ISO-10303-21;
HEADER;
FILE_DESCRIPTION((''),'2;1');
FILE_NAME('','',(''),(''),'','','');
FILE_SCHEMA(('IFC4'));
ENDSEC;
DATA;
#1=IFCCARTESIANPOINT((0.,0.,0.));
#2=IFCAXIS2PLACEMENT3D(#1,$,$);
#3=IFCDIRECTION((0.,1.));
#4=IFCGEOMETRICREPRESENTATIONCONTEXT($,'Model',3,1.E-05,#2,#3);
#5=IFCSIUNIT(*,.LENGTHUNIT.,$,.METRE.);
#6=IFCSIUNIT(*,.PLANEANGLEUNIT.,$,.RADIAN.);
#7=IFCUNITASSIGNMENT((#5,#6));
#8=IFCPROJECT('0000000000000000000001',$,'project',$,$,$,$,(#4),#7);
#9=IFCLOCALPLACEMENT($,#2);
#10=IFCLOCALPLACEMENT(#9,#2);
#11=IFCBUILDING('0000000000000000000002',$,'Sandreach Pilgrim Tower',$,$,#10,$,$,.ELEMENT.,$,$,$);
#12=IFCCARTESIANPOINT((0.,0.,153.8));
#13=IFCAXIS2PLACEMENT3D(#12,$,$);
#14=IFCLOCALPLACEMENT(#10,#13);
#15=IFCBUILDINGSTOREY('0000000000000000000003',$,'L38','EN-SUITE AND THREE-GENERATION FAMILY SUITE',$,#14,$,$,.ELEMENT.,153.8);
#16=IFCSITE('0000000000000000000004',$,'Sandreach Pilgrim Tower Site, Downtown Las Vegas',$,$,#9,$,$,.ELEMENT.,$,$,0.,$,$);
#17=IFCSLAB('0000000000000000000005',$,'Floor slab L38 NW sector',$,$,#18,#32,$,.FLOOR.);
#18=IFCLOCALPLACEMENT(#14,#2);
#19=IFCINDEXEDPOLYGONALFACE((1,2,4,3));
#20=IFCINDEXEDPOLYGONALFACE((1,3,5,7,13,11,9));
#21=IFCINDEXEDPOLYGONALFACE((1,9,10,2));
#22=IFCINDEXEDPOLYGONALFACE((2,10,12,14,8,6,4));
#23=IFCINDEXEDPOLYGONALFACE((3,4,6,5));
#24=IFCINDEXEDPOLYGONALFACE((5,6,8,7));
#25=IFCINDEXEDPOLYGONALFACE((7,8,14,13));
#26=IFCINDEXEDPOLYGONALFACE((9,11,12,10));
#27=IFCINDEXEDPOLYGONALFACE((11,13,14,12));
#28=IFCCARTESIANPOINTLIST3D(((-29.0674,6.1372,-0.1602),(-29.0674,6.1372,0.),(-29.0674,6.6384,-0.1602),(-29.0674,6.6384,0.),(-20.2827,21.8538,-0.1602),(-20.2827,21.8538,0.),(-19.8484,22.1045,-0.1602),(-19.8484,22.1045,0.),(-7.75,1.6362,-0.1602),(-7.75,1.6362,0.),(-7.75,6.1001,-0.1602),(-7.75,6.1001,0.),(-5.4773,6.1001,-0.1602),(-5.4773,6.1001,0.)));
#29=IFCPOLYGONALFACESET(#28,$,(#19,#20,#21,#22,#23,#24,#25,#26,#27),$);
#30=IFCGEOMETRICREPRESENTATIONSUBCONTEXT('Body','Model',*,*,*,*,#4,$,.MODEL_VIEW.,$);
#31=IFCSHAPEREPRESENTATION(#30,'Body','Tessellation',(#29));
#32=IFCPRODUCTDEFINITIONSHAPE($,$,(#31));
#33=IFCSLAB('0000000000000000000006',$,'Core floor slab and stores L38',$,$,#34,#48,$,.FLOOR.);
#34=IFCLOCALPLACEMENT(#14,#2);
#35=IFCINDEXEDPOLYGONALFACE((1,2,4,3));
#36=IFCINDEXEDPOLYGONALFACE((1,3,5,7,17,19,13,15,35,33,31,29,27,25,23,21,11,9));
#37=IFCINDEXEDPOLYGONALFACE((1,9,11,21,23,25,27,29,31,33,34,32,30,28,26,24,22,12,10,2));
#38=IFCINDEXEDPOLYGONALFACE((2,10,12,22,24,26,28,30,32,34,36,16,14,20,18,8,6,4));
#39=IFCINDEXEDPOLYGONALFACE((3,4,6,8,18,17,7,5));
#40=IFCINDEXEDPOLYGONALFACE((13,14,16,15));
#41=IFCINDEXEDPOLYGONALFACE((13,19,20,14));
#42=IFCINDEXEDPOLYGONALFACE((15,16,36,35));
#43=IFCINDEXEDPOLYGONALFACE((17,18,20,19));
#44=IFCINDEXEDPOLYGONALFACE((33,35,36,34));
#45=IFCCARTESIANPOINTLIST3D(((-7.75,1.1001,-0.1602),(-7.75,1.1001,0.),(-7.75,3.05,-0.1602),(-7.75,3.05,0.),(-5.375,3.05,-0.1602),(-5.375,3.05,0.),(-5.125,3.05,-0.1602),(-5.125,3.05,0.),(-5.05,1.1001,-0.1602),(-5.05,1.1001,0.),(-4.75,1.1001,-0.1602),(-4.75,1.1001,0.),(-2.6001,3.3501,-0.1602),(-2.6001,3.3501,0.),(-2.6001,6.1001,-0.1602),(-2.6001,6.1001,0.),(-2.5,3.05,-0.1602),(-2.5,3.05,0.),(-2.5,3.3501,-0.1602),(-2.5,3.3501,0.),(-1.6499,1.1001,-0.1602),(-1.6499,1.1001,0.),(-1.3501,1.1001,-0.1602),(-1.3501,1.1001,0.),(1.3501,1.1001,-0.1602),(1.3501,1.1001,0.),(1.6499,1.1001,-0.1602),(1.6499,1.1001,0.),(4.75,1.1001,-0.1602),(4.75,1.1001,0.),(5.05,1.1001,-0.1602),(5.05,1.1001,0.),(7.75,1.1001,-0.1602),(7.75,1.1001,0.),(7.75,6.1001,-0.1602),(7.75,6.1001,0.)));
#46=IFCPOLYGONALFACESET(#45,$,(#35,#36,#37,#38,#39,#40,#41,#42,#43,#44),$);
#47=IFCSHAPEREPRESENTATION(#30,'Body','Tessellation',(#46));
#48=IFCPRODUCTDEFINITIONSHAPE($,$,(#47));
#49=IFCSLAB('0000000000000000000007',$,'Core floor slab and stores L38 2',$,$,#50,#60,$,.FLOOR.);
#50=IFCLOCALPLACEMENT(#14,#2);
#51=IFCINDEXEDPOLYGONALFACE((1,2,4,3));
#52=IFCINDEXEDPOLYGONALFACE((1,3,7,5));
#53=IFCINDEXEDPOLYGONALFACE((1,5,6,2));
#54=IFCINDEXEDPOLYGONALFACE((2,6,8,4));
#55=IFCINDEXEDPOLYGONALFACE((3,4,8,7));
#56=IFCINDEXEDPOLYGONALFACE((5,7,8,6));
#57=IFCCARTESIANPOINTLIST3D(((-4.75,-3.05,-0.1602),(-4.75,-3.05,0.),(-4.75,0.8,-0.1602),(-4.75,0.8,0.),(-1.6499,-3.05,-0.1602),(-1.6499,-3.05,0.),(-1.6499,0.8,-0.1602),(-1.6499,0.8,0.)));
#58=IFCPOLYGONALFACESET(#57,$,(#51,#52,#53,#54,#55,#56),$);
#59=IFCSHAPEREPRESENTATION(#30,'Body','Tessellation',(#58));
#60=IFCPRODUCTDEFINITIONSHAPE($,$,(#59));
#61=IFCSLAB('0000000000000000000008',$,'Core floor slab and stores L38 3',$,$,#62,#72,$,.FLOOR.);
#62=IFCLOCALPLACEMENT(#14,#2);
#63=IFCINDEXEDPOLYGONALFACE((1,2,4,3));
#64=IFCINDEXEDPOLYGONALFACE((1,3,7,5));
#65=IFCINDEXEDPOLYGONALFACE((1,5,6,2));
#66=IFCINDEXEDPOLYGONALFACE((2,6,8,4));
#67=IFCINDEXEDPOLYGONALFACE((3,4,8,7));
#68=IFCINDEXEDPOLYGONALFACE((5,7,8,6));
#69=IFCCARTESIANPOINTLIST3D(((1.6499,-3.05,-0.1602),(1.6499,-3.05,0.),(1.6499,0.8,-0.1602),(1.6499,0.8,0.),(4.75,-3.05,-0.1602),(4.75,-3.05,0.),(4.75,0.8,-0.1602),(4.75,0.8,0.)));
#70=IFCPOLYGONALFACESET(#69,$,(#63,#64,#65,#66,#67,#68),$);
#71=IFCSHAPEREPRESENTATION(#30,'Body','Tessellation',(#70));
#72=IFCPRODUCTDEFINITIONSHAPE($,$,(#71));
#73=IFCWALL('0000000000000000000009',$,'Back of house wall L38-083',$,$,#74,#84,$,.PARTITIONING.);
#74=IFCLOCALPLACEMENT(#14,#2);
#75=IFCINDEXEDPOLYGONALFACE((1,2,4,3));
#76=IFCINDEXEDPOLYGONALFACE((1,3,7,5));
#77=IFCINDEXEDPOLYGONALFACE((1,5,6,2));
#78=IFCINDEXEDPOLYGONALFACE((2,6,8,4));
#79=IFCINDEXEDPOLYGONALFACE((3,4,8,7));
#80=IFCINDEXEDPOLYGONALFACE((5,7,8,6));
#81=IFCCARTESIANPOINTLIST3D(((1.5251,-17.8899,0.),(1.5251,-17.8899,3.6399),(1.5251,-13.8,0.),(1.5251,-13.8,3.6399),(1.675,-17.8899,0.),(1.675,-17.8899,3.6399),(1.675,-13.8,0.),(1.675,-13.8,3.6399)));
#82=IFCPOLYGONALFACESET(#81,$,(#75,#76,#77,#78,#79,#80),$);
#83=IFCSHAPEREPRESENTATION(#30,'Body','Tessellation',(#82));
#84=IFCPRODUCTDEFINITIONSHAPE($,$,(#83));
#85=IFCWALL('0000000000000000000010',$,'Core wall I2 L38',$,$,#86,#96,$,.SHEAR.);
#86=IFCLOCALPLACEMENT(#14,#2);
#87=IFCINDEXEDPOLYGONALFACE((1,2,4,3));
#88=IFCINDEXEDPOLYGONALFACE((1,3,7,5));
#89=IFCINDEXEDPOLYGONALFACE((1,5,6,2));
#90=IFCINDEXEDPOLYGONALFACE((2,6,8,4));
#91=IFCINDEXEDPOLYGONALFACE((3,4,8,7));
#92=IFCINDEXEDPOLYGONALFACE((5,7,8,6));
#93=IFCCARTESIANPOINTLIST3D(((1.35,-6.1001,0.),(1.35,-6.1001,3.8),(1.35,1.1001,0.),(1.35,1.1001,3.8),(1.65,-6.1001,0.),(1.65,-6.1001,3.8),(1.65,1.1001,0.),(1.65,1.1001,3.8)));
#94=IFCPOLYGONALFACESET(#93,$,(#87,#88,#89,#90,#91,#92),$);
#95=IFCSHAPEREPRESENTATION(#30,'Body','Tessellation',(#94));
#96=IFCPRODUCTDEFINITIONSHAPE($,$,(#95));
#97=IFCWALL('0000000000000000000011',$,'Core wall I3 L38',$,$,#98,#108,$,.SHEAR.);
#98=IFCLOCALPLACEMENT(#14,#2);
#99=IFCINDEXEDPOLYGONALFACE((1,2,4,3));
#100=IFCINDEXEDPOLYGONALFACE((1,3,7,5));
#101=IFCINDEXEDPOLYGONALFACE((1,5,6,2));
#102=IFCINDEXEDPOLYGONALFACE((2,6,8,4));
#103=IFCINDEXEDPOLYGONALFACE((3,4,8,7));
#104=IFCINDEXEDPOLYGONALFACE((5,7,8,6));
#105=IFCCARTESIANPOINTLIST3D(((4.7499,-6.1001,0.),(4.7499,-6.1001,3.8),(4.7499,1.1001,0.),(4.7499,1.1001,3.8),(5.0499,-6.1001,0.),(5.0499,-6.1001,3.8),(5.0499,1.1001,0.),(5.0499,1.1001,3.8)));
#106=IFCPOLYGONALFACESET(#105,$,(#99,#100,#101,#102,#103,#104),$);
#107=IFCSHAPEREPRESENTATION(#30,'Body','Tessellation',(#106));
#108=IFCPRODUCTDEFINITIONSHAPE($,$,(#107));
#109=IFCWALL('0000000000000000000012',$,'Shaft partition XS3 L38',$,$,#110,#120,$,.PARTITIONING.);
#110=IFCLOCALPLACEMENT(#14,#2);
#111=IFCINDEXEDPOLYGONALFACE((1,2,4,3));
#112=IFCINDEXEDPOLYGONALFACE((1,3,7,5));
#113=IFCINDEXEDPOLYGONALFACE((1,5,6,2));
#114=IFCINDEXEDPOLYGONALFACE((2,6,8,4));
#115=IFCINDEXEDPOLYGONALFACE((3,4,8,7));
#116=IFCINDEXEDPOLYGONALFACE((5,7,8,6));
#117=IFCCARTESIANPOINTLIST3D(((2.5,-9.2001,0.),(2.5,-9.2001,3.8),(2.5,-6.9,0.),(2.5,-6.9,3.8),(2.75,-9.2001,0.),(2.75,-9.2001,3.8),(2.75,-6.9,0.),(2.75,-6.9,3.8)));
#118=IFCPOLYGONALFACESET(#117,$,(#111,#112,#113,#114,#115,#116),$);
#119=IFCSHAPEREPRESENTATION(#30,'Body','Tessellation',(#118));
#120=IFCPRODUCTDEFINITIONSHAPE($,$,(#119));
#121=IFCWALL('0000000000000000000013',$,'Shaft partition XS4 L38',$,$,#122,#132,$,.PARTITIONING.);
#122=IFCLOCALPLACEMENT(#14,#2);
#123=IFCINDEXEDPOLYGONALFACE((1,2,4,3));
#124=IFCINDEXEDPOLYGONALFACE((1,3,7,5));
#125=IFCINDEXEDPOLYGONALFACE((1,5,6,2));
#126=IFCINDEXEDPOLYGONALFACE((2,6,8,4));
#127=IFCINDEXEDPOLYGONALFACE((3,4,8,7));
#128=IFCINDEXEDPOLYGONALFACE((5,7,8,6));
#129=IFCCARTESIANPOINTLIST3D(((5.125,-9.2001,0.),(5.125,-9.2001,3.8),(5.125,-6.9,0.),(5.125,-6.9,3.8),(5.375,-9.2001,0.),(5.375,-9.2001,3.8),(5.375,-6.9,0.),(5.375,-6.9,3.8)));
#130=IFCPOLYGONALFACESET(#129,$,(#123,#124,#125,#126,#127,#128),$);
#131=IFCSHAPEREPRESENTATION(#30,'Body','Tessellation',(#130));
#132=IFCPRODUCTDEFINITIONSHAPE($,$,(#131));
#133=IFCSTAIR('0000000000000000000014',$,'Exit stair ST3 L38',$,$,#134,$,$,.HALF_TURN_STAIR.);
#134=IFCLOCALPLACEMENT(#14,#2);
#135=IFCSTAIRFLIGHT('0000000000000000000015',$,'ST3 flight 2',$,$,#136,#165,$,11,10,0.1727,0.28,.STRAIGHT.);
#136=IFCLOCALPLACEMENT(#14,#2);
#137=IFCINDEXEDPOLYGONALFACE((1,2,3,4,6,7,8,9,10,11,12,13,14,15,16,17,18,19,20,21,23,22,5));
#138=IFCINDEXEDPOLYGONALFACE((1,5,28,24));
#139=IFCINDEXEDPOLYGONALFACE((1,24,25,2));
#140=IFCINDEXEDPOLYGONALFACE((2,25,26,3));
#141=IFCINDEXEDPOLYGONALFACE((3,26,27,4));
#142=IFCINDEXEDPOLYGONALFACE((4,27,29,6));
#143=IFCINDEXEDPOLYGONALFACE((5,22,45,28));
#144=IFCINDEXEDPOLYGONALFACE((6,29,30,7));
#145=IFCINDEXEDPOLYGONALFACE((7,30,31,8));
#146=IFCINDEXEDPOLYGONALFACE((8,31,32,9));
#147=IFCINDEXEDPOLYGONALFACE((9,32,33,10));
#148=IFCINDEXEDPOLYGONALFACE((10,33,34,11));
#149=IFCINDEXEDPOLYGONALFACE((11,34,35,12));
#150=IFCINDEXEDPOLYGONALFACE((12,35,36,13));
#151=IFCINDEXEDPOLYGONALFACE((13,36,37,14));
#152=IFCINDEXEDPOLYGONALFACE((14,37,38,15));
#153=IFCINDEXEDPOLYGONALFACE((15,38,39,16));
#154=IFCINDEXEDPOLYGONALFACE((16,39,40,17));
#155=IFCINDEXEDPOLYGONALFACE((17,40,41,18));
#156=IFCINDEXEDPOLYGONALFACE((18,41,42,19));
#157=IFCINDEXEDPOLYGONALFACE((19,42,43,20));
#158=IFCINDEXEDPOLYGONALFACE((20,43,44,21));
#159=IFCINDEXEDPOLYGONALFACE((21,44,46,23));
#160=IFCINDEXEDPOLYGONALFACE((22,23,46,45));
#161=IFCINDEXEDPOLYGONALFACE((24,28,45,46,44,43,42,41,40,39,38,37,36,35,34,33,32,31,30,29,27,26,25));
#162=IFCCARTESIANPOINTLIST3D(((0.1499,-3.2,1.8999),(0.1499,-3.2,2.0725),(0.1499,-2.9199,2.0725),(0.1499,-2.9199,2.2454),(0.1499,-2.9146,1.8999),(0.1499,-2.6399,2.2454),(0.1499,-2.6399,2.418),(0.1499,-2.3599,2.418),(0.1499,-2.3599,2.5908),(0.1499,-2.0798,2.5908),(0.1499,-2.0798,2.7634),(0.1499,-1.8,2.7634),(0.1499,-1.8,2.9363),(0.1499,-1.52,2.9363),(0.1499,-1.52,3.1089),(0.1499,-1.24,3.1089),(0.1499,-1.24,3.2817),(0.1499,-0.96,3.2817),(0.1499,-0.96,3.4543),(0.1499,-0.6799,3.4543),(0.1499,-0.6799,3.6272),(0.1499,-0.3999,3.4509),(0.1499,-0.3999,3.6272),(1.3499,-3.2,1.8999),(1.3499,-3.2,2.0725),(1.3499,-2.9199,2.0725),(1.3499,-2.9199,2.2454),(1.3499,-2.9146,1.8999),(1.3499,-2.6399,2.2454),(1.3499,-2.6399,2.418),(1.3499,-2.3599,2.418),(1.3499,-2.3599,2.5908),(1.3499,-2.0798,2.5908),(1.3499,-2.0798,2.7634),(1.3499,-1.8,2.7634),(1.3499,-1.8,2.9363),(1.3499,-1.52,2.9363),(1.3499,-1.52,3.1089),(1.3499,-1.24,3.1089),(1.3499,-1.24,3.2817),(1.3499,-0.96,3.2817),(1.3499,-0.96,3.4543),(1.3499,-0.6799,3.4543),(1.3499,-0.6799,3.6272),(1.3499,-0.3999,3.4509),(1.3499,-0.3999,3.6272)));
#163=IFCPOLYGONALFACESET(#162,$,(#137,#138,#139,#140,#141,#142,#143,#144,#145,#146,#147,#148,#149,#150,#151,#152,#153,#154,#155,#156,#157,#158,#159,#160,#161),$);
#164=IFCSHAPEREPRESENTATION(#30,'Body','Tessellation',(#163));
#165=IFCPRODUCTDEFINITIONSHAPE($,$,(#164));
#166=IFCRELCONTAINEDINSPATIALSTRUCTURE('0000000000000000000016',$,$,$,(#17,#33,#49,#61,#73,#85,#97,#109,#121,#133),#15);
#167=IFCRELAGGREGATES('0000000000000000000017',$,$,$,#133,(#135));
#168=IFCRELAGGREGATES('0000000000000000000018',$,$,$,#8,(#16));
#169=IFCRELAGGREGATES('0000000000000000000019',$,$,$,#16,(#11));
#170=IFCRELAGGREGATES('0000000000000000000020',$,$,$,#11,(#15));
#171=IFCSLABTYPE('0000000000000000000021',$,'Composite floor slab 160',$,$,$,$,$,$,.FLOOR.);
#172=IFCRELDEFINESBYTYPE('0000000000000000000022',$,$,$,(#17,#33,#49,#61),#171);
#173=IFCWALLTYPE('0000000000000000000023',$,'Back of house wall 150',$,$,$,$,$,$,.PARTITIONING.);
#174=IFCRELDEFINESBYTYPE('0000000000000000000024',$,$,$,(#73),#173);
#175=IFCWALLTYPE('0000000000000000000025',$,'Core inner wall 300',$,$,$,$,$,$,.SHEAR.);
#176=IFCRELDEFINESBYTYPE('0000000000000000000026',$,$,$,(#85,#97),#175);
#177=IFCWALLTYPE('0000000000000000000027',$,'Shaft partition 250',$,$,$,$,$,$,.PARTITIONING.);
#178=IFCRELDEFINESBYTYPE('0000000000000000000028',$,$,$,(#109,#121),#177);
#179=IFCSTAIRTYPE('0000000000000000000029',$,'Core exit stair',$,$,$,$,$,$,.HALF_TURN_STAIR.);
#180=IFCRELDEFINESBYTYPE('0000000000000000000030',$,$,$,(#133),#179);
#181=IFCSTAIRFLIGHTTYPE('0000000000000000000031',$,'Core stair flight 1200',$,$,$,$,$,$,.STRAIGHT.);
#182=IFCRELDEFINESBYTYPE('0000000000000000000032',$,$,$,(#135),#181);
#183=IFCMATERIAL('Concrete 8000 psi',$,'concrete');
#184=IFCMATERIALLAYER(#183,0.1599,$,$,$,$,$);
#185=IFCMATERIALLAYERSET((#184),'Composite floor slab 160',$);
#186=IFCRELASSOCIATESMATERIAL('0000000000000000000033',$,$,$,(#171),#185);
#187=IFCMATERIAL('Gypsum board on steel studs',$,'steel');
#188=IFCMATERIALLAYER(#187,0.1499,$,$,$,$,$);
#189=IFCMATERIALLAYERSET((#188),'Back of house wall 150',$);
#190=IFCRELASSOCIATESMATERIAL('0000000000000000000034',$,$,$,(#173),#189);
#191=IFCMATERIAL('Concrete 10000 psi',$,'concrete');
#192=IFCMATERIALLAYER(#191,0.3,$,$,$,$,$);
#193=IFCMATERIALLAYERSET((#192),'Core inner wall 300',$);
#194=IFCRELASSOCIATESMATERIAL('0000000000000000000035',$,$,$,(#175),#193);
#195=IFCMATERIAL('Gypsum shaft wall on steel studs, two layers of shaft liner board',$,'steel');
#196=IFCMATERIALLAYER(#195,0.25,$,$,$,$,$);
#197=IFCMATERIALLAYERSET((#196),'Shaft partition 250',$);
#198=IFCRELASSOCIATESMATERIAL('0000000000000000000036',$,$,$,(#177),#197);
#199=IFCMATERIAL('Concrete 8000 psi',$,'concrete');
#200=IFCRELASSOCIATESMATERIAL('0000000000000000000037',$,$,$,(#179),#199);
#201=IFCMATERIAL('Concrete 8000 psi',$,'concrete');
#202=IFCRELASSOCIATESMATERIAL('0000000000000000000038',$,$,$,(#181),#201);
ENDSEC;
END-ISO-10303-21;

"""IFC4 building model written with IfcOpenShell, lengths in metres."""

from ifc_helpers import new_model, si_unit, direction, frame, frame_2d, origin, place, context, subcontext, project, spatial, polyline, rectangle, outline, extrude, material, layer, layer_set, type_object, element, aggregate, save


model = new_model("IFC4")

# Units and contexts
model_context = context("Model", 3, precision=1e-05, world=origin(), true_north=direction((0.0, 1.0)))
body_context = subcontext(model_context, "Body", "Model", "MODEL_VIEW")
ifc_project = project(units=[si_unit("LENGTHUNIT", "METRE"), si_unit("PLANEANGLEUNIT", "RADIAN")], contexts=[model_context])

# Site, building, storey
site_placement = place(None, origin())
site = spatial("IfcSite", under=ifc_project, at=site_placement, Name="Sandreach Pilgrim Tower Site, Downtown Las Vegas", CompositionType="ELEMENT", RefElevation=0.0)
building_placement = place(site_placement, origin())
building = spatial("IfcBuilding", under=site, at=building_placement, Name="Sandreach Pilgrim Tower", CompositionType="ELEMENT")
storey_placement = place(building_placement, frame((0.0, 0.0, 153.8)))
storey = spatial("IfcBuildingStorey", under=building, at=storey_placement, Name="L38", Description="EN-SUITE AND THREE-GENERATION FAMILY SUITE", CompositionType="ELEMENT", Elevation=153.8)

# Slabs
ifc_material_1 = material(Name="Concrete 8000 psi", Category="concrete")
ifc_layer_1 = layer(ifc_material_1, 0.1599)
ifc_layer_set_1 = layer_set([ifc_layer_1], Name="Composite floor slab 160")
slab_type = type_object("IfcSlabType", Name="Composite floor slab 160", PredefinedType="FLOOR", material=ifc_layer_set_1)
slab_1_placement = place(storey_placement, frame((0.0, 0.0, -0.1602)))
element("IfcSlab", 1, at=slab_1_placement, inside=storey, type_object=slab_type, Name="Floor slab L38 NW sector", PredefinedType="FLOOR", context=body_context, shape_type="SweptSolid", body=[
    extrude(outline(polyline([(-29.0674, 6.6384), (-20.2827, 21.8538), (-19.8484, 22.1045), (-5.4773, 6.1001), (-7.75, 6.1001), (-7.75, 1.6362), (-29.0674, 6.1372), (-29.0674, 6.6384)])), origin(), (0.0, 0.0, 1.0), 0.1602),
])
slab_2_placement = place(storey_placement, frame((0.0, 0.0, -0.1602)))
element("IfcSlab", 2, at=slab_2_placement, inside=storey, type_object=slab_type, Name="Core floor slab and stores L38", PredefinedType="FLOOR", context=body_context, shape_type="SweptSolid", body=[
    extrude(outline(polyline([(-7.75, 3.05), (-5.375, 3.05), (-5.125, 3.05), (-2.5, 3.05), (-2.5, 3.3501), (-2.6001, 3.3501), (-2.6001, 6.1001), (7.75, 6.1001), (7.75, 1.1001), (5.05, 1.1001), (4.75, 1.1001), (1.6499, 1.1001), (1.3501, 1.1001), (-1.3501, 1.1001), (-1.6499, 1.1001), (-4.75, 1.1001), (-5.05, 1.1001), (-7.75, 1.1001), (-7.75, 3.05)])), origin(), (0.0, 0.0, 1.0), 0.1602),
])
slab_3_placement = place(storey_placement, frame((0.0, 0.0, -0.1602)))
element("IfcSlab", 3, at=slab_3_placement, inside=storey, type_object=slab_type, Name="Core floor slab and stores L38 2", PredefinedType="FLOOR", context=body_context, shape_type="SweptSolid", body=[
    extrude(outline(polyline([(-1.6499, -3.05), (-4.75, -3.05), (-4.75, 0.8), (-1.6499, 0.8), (-1.6499, -3.05)])), origin(), (0.0, 0.0, 1.0), 0.1602),
])
slab_4_placement = place(storey_placement, frame((0.0, 0.0, -0.1602)))
element("IfcSlab", 4, at=slab_4_placement, inside=storey, type_object=slab_type, Name="Core floor slab and stores L38 3", PredefinedType="FLOOR", context=body_context, shape_type="SweptSolid", body=[
    extrude(outline(polyline([(4.75, -3.05), (1.6499, -3.05), (1.6499, 0.8), (4.75, 0.8), (4.75, -3.05)])), origin(), (0.0, 0.0, 1.0), 0.1602),
])

# Walls
ifc_material_2 = material(Name="Gypsum board on steel studs", Category="steel")
ifc_layer_2 = layer(ifc_material_2, 0.1499)
ifc_layer_set_2 = layer_set([ifc_layer_2], Name="Back of house wall 150")
wall_type_1 = type_object("IfcWallType", Name="Back of house wall 150", PredefinedType="PARTITIONING", material=ifc_layer_set_2)
wall_1_placement = place(storey_placement, frame((1.6001, -13.8, 0.0), z_axis=(0.0, 0.0, 1.0), x_axis=(0.0, -1.0, 0.0)))
element("IfcWall", 5, at=wall_1_placement, inside=storey, type_object=wall_type_1, Name="Back of house wall L38-083", PredefinedType="PARTITIONING", context=body_context, shape_type="SweptSolid", body=[
    extrude(rectangle(XDim=4.0898, YDim=0.1499, at=frame_2d((2.0449, 0.0))), origin(), (0.0, 0.0, 1.0), 3.6399),
])
ifc_material_3 = material(Name="Concrete 10000 psi", Category="concrete")
ifc_layer_3 = layer(ifc_material_3, 0.3)
ifc_layer_set_3 = layer_set([ifc_layer_3], Name="Core inner wall 300")
wall_type_2 = type_object("IfcWallType", Name="Core inner wall 300", PredefinedType="SHEAR", material=ifc_layer_set_3)
for number, where, z_axis, x_axis, name in (
    (6, (1.5, -6.1001, 0.0), (0.0, 0.0, 1.0), (0.0, 1.0, 0.0), "Core wall I2 L38"),
    (7, (4.8999, -6.1001, 0.0), (0.0, 0.0, 1.0), (0.0, 1.0, 0.0), "Core wall I3 L38"),
):
    element("IfcWall", number, at=place(storey_placement, frame(where, z_axis=z_axis, x_axis=x_axis)), inside=storey, type_object=wall_type_2, Name=name, PredefinedType="SHEAR", context=body_context, shape_type="SweptSolid", body=[
        extrude(rectangle(XDim=7.2002, YDim=0.3, at=frame_2d((3.6001, 0.0))), origin(), (0.0, 0.0, 1.0), 3.8),
    ])

# Walls
ifc_material_4 = material(Name="Gypsum shaft wall on steel studs, two layers of shaft liner board", Category="steel")
ifc_layer_4 = layer(ifc_material_4, 0.25)
ifc_layer_set_4 = layer_set([ifc_layer_4], Name="Shaft partition 250")
wall_type_3 = type_object("IfcWallType", Name="Shaft partition 250", PredefinedType="PARTITIONING", material=ifc_layer_set_4)
for number, where, z_axis, x_axis, name in (
    (8, (2.625, -9.2, 0.0), (0.0, 0.0, 1.0), (0.0, 1.0, 0.0), "Shaft partition XS3 L38"),
    (9, (5.25, -9.2, 0.0), (0.0, 0.0, 1.0), (0.0, 1.0, 0.0), "Shaft partition XS4 L38"),
):
    element("IfcWall", number, at=place(storey_placement, frame(where, z_axis=z_axis, x_axis=x_axis)), inside=storey, type_object=wall_type_3, Name=name, PredefinedType="PARTITIONING", context=body_context, shape_type="SweptSolid", body=[
        extrude(rectangle(XDim=2.3, YDim=0.25, at=frame_2d((1.1499, 0.0))), origin(), (0.0, 0.0, 1.0), 3.8),
    ])

# Stair, stair flight
ifc_material_5 = material(Name="Concrete 8000 psi", Category="concrete")
stair_type = type_object("IfcStairType", Name="Core exit stair", PredefinedType="HALF_TURN_STAIR", material=ifc_material_5)
stair_1_placement = place(storey_placement, origin())
stair_1 = element("IfcStair", 10, at=stair_1_placement, inside=storey, type_object=stair_type, Name="Exit stair ST3 L38", PredefinedType="HALF_TURN_STAIR")
ifc_material_6 = material(Name="Concrete 8000 psi", Category="concrete")
stair_flight_type = type_object("IfcStairFlightType", Name="Core stair flight 1200", PredefinedType="STRAIGHT", material=ifc_material_6)
stair_flight_1_placement = place(storey_placement, frame((0.75, -3.2, 1.8999), z_axis=(0.0, 0.0, 1.0), x_axis=(0.0, 1.0, 0.0)))
stair_flight_1 = element("IfcStairFlight", 11, at=stair_flight_1_placement, type_object=stair_flight_type, Name="ST3 flight 2", NumberOfRisers=11, NumberOfTreads=10, PredefinedType="STRAIGHT", RiserHeight=0.1727, TreadLength=0.28, context=body_context, shape_type="SweptSolid", body=[
    extrude(outline(polyline([(0.0, 0.0), (0.0, 0.1726), (0.28, 0.1726), (0.28, 0.3455), (0.5601, 0.3455), (0.5601, 0.5181), (0.8401, 0.5181), (0.8401, 0.6909), (1.1201, 0.6909), (1.1201, 0.8635), (1.3999, 0.8635), (1.3999, 1.0364), (1.6799, 1.0364), (1.6799, 1.209), (1.96, 1.209), (1.96, 1.3818), (2.24, 1.3818), (2.24, 1.5544), (2.52, 1.5544), (2.52, 1.7273), (2.8, 1.7273), (2.8, 1.8999), (2.8, 1.551), (0.2854, 0.0), (0.0, 0.0)])), frame((0.0, 0.6001, 0.0), z_axis=(0.0, -1.0, 0.0), x_axis=(1.0, 0.0, 0.0)), (0.0, 0.0, 1.0), 1.2),
])
aggregate(stair_1, [stair_flight_1])

save(model, "model.ifc")
